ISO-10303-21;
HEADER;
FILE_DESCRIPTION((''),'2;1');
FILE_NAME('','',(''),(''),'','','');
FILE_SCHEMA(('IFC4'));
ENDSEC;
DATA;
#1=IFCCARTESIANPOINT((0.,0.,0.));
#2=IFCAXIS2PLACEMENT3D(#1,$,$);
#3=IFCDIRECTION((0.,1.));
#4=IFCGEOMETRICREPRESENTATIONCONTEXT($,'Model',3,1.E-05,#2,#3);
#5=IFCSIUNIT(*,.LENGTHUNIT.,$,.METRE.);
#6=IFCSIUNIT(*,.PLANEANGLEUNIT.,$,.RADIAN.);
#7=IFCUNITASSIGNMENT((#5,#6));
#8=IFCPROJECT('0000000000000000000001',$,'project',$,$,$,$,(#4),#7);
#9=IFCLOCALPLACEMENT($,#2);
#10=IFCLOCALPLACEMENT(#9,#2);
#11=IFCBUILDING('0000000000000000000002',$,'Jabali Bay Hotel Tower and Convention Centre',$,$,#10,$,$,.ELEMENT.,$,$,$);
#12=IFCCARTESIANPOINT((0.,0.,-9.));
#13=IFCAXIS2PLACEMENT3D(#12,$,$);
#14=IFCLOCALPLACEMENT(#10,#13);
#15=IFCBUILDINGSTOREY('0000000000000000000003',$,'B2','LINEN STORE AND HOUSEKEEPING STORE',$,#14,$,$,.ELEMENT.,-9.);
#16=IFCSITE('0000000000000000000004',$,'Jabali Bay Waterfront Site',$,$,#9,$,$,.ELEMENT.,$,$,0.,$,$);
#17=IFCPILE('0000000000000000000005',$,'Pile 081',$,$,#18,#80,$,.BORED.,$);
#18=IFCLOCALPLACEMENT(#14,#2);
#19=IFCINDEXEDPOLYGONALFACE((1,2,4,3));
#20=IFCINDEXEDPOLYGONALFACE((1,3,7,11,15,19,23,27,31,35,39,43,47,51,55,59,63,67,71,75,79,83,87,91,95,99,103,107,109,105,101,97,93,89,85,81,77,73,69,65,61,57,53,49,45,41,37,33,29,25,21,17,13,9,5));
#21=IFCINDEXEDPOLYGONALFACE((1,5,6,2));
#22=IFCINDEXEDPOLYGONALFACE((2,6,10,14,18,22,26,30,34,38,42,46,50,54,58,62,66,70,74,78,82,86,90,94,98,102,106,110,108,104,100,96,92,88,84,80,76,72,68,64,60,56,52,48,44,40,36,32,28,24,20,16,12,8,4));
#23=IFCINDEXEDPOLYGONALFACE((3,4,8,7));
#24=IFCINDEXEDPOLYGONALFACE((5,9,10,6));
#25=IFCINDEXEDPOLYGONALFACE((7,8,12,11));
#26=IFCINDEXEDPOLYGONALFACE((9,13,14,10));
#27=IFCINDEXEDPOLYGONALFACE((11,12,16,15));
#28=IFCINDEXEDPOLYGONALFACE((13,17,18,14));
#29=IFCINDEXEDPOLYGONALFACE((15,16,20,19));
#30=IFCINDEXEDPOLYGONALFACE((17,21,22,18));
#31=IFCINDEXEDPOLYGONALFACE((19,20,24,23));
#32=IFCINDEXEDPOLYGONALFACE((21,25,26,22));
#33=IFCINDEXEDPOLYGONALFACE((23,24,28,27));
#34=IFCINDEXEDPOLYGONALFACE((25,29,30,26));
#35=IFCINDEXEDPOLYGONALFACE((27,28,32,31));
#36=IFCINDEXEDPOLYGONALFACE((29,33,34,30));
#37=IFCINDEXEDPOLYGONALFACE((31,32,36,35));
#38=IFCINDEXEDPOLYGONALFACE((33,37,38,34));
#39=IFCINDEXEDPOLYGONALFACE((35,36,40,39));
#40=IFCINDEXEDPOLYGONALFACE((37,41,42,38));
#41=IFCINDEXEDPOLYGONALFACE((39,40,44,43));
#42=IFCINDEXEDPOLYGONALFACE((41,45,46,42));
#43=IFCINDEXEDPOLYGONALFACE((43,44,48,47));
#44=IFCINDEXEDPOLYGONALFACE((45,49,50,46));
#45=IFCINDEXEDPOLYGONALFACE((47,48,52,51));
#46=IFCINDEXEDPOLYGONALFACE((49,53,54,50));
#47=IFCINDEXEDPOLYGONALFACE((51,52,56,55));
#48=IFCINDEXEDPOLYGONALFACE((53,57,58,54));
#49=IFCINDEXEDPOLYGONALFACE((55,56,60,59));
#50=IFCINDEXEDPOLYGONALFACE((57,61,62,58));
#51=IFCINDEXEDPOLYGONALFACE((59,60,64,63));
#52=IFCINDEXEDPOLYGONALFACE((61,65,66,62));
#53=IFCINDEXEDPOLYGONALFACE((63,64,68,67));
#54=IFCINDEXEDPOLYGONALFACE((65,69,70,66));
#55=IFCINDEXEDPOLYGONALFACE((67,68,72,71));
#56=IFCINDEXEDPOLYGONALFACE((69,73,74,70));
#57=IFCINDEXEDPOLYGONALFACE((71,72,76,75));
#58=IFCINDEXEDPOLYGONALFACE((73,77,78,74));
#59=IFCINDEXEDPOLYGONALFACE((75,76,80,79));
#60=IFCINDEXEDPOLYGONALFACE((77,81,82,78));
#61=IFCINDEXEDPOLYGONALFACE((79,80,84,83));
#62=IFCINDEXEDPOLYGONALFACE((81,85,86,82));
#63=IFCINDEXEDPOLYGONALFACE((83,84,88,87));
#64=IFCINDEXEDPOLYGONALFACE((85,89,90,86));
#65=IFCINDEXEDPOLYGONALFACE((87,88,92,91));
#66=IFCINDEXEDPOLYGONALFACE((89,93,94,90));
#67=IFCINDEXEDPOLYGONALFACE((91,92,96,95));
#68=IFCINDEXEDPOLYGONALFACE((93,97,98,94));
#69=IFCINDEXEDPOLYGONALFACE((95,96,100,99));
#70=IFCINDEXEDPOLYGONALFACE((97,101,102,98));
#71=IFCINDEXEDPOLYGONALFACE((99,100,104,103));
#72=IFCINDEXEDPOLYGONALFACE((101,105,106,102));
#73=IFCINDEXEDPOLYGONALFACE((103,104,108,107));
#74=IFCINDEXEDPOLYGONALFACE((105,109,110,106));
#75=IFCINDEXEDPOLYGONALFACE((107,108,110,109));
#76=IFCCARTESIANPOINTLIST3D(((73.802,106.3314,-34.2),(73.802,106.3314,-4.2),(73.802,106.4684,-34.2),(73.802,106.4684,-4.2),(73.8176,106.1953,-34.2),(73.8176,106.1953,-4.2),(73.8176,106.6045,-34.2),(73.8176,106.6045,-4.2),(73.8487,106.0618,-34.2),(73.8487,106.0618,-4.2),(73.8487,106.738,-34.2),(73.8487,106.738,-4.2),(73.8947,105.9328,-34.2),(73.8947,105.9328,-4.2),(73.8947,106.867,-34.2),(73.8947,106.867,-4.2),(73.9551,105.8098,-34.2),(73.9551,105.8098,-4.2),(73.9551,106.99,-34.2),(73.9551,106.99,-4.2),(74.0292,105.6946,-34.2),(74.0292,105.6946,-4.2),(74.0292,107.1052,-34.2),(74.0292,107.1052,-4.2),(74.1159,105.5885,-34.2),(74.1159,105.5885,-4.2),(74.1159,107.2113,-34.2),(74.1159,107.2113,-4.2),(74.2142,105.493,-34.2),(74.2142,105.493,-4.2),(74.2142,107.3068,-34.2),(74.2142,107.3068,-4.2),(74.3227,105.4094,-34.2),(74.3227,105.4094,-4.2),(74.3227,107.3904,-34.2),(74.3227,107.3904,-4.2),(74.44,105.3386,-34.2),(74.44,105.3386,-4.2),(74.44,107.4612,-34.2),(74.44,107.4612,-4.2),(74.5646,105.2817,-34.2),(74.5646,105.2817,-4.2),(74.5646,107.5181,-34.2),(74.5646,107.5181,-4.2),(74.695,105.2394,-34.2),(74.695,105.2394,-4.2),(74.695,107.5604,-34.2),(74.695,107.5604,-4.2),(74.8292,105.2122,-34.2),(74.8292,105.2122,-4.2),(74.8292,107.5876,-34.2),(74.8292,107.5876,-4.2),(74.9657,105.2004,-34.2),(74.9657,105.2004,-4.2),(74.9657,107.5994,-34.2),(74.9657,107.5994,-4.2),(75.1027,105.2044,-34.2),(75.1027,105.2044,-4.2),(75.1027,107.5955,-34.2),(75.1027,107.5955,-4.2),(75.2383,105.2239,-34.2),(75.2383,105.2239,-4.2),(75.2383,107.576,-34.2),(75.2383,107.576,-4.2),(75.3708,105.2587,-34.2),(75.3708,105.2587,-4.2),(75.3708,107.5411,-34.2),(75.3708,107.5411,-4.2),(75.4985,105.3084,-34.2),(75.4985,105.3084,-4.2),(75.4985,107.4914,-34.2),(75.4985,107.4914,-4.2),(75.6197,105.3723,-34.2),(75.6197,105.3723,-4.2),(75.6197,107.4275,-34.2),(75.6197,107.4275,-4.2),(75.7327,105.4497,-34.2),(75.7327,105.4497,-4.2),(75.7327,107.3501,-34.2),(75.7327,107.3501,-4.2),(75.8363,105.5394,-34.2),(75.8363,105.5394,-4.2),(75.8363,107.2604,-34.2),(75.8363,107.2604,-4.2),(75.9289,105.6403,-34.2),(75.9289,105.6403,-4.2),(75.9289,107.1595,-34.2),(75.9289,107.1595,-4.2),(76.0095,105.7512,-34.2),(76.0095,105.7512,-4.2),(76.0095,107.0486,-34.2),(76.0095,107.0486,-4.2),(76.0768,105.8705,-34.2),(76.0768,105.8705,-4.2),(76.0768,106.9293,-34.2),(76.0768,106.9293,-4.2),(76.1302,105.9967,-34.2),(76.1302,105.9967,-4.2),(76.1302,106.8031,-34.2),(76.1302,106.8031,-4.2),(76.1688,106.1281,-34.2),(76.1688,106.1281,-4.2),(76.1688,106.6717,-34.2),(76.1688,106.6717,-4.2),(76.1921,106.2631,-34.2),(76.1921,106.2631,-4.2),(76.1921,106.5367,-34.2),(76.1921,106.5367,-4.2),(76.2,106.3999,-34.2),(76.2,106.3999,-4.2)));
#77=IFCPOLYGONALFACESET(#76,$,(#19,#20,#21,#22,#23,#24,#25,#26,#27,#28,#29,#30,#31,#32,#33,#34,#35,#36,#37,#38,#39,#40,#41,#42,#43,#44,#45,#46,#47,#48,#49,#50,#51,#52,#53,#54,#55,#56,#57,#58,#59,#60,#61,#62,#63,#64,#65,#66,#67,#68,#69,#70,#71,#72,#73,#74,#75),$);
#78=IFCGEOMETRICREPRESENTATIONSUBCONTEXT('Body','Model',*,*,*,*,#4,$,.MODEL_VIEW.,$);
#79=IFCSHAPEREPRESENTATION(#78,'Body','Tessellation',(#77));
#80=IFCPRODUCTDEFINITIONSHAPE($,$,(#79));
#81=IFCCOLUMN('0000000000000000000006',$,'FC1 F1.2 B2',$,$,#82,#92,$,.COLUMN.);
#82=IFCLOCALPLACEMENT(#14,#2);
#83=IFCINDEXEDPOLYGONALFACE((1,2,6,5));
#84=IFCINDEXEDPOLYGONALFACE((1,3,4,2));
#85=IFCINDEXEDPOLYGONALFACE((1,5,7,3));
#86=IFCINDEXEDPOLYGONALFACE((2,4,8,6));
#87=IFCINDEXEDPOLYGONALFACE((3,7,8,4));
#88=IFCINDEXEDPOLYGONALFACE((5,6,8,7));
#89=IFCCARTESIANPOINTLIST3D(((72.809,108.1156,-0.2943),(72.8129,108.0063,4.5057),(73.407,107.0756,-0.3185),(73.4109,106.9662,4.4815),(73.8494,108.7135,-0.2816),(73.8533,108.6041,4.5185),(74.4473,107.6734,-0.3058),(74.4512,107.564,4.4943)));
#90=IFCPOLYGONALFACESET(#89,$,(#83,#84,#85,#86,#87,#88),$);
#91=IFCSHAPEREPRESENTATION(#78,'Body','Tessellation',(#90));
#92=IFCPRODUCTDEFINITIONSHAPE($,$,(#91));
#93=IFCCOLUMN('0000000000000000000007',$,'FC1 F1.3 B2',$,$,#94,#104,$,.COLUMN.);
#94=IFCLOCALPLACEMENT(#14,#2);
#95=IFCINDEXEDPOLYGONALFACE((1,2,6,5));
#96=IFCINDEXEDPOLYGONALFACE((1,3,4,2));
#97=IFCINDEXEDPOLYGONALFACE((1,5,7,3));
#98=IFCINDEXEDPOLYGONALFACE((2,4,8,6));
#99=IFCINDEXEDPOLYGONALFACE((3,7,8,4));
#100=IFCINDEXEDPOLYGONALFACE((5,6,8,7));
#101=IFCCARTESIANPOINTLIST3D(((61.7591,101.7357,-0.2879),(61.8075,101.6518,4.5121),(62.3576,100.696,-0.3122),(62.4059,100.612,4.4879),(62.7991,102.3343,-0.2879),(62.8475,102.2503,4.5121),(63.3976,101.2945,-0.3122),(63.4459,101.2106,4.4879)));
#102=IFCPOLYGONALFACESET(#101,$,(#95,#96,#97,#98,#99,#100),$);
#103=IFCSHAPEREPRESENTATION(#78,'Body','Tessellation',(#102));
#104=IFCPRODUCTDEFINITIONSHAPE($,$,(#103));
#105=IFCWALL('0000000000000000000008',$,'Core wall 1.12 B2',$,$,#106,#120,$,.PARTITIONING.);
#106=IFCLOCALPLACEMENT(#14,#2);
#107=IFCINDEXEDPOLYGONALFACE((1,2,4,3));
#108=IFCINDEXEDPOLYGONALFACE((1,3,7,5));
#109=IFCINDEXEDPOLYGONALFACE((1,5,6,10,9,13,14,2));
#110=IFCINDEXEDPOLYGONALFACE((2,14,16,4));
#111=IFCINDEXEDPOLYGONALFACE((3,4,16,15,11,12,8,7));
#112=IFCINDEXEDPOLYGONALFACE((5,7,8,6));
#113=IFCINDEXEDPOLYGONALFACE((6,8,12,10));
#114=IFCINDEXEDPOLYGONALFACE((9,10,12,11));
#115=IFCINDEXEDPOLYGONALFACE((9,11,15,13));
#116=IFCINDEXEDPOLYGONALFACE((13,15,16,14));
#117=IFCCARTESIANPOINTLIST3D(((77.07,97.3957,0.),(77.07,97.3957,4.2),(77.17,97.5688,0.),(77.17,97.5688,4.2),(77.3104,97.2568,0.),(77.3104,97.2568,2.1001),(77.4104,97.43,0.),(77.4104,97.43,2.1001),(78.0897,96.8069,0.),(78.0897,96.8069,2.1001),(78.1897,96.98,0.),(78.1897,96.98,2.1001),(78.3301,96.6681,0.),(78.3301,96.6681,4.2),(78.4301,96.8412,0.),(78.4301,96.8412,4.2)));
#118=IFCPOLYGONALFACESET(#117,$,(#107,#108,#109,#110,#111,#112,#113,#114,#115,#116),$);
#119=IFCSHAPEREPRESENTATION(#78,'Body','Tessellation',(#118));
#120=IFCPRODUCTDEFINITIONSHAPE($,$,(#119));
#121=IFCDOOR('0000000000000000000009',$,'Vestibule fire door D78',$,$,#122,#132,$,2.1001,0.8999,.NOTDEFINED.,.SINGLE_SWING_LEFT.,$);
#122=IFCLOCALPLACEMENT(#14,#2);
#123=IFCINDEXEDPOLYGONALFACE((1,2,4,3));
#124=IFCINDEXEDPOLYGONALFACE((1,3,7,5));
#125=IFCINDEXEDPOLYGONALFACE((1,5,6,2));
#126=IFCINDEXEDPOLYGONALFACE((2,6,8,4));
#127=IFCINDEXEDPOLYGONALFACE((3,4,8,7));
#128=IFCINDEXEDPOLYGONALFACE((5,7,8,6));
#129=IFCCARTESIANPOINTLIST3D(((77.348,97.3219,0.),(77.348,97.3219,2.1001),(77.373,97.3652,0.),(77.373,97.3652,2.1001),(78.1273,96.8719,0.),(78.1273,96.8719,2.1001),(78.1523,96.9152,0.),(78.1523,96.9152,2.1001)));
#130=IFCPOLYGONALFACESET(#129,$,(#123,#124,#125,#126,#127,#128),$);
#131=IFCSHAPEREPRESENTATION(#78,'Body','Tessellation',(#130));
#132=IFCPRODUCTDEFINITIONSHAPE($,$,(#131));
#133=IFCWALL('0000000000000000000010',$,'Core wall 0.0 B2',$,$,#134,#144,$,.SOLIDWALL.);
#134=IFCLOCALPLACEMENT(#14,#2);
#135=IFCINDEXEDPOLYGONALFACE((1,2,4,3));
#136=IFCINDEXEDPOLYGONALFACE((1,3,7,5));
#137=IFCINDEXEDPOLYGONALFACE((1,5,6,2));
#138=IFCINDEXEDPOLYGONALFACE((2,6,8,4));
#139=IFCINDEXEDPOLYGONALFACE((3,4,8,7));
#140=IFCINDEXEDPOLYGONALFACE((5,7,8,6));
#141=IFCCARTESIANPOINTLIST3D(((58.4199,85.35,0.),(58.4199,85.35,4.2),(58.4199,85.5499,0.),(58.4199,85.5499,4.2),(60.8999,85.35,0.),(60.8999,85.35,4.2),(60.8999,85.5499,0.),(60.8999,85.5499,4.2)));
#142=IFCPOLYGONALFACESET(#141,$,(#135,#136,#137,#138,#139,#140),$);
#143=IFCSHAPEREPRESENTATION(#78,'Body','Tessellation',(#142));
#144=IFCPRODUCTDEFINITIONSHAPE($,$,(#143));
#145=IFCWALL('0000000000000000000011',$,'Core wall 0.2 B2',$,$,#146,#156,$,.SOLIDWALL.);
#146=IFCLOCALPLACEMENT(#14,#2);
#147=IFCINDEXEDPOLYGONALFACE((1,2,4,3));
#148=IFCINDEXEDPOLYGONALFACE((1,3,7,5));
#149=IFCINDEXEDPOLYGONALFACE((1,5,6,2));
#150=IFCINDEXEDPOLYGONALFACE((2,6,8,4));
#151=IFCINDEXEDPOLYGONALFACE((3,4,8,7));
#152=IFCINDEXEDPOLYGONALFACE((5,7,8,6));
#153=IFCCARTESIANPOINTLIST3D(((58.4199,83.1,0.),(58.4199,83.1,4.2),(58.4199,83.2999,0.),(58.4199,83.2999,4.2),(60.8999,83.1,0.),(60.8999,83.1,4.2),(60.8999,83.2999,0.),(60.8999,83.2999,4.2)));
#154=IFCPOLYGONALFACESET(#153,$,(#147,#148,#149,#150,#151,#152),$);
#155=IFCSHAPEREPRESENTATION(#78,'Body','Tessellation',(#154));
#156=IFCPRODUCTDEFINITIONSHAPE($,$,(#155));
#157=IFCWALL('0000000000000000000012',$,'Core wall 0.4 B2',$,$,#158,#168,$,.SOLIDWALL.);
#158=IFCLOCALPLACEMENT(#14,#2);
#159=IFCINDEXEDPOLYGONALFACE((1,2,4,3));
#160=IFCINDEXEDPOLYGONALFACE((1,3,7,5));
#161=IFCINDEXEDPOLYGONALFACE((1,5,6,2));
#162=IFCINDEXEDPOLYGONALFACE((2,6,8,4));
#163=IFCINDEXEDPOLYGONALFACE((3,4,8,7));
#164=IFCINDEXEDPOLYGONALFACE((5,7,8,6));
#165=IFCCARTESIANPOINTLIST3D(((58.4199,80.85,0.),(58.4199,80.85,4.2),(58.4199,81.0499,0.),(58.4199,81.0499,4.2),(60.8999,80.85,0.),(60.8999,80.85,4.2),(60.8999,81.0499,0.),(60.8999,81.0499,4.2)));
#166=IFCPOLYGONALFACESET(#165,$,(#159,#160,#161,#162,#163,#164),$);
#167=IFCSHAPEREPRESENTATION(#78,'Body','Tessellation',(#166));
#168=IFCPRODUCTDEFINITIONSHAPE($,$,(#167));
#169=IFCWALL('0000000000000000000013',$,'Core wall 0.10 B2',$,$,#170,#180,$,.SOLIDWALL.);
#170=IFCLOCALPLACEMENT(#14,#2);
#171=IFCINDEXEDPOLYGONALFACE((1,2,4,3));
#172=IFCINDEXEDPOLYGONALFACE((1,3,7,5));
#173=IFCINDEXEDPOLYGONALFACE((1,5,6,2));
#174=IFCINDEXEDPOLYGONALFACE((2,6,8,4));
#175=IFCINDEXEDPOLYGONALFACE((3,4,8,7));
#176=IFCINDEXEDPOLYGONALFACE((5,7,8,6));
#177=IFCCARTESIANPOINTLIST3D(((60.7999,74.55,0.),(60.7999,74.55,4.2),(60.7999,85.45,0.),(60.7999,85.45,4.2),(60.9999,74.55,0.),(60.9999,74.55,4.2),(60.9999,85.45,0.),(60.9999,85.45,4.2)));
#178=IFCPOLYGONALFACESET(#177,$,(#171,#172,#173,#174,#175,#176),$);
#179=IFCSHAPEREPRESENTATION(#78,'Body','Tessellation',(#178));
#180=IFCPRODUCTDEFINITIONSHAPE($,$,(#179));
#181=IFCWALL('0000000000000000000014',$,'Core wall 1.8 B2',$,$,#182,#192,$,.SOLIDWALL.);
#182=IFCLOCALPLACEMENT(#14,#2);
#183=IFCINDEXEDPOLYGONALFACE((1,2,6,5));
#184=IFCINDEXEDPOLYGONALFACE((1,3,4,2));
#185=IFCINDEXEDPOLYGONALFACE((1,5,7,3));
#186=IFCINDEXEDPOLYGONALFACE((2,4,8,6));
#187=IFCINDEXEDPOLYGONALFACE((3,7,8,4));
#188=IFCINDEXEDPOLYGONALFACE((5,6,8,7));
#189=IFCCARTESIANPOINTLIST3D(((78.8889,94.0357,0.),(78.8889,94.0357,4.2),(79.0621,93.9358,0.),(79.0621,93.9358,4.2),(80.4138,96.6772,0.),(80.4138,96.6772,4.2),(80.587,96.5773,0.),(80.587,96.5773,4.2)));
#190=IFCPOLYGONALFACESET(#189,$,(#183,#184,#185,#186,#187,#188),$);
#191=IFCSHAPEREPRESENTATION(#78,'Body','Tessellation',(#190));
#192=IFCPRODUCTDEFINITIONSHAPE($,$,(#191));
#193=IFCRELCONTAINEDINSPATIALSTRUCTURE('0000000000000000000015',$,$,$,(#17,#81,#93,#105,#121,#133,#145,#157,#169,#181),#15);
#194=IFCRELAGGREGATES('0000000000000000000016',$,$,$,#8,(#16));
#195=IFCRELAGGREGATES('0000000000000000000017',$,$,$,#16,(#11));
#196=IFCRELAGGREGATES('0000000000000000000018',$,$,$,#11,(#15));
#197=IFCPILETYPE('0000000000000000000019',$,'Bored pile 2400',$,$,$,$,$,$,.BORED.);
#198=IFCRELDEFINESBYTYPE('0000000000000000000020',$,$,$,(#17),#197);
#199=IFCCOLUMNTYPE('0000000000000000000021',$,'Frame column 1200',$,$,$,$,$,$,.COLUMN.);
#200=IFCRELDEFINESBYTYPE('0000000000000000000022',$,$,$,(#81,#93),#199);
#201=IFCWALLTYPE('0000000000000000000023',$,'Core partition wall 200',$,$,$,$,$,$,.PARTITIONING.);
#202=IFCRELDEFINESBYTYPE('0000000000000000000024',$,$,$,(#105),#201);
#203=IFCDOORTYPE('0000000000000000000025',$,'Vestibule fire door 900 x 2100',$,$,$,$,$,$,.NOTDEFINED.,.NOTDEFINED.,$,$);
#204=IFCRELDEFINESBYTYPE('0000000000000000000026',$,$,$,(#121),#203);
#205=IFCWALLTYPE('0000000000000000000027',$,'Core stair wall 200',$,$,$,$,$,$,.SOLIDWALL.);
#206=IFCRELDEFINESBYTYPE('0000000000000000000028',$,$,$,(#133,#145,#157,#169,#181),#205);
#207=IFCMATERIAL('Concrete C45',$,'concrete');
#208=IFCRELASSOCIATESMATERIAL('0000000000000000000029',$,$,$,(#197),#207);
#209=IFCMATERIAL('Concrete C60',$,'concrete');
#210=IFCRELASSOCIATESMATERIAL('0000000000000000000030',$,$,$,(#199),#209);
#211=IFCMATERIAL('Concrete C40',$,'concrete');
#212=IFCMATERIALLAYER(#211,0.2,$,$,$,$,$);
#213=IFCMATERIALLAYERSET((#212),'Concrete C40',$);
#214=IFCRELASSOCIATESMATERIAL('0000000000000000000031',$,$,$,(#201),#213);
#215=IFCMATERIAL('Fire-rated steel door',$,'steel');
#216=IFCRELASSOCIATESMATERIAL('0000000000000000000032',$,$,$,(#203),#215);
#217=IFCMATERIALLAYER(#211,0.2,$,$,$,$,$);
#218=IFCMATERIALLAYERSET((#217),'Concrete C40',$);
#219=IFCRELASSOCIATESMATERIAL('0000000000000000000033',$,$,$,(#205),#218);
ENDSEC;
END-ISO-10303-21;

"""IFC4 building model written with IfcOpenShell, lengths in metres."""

from ifc_helpers import new_model, si_unit, direction, frame, frame_2d, origin, origin_2d, place, context, subcontext, project, spatial, rectangle, circle, extrude, material, layer, layer_set, material_profile, profile_set, type_object, element, fill, save


model = new_model("IFC4")

# Units and contexts
model_context = context("Model", 3, precision=1e-05, world=origin(), true_north=direction((0.0, 1.0)))
body_context = subcontext(model_context, "Body", "Model", "MODEL_VIEW")
ifc_project = project(units=[si_unit("LENGTHUNIT", "METRE"), si_unit("PLANEANGLEUNIT", "RADIAN")], contexts=[model_context])

# Site, building, storey
site_placement = place(None, origin())
site = spatial("IfcSite", under=ifc_project, at=site_placement, Name="Jabali Bay Waterfront Site", CompositionType="ELEMENT", RefElevation=0.0)
building_placement = place(site_placement, origin())
building = spatial("IfcBuilding", under=site, at=building_placement, Name="Jabali Bay Hotel Tower and Convention Centre", CompositionType="ELEMENT")
storey_placement = place(building_placement, frame((0.0, 0.0, -9.0)))
storey = spatial("IfcBuildingStorey", under=building, at=storey_placement, Name="B2", Description="LINEN STORE AND HOUSEKEEPING STORE", CompositionType="ELEMENT", Elevation=-9.0)

# Pile
ifc_material_1 = material(Name="Concrete C45", Category="concrete")
ifc_material_profile_1 = material_profile(ifc_material_1, circle(Radius=1.2, at=origin_2d()), Name="Bored pile 2400")
ifc_profile_set_1 = profile_set([ifc_material_profile_1], Name="Concrete C45")
pile_type = type_object("IfcPileType", Name="Bored pile 2400", PredefinedType="BORED", material=ifc_profile_set_1)
for number, where, z_axis, x_axis, name in (
    (1, (75.0, 106.3999, -4.2), (0.0, 0.0, -1.0), (1.0, 0.0, 0.0), "Pile 081"),
):
    element("IfcPile", number, at=place(storey_placement, frame(where, z_axis=z_axis, x_axis=x_axis)), inside=storey, type_object=pile_type, Name=name, PredefinedType="BORED", context=body_context, shape_type="SweptSolid", body=[
        extrude(circle(Radius=1.2, at=origin_2d()), origin(), (0.0, 0.0, 1.0), 30.0),
    ])

# Columns
ifc_material_2 = material(Name="Concrete C60", Category="concrete")
ifc_material_profile_2 = material_profile(ifc_material_2, rectangle(XDim=1.2, YDim=1.2, at=origin_2d()), Name="Frame column 1200")
ifc_profile_set_2 = profile_set([ifc_material_profile_2], Name="Concrete C60")
column_type = type_object("IfcColumnType", Name="Frame column 1200", PredefinedType="COLUMN", material=ifc_profile_set_2)
column_1_placement = place(storey_placement, frame((73.6282, 107.8945, -0.3), z_axis=(0.000814, -0.02278, 0.99974), x_axis=(0.866986, 0.498218, 0.010647)))
element("IfcColumn", 2, at=column_1_placement, inside=storey, type_object=column_type, Name="FC1 F1.2 B2", PredefinedType="COLUMN", context=body_context, shape_type="SweptSolid", body=[
    extrude(rectangle(XDim=1.2, YDim=1.2, at=origin_2d()), origin(), (0.0, 0.0, 1.0), 4.8013),
])
column_2_placement = place(storey_placement, frame((62.5784, 101.5151, -0.3), z_axis=(0.010069, -0.017493, 0.999796), x_axis=(-0.498738, 0.866518, 0.020184)))
element("IfcColumn", 3, at=column_2_placement, inside=storey, type_object=column_type, Name="FC1 F1.3 B2", PredefinedType="COLUMN", context=body_context, shape_type="SweptSolid", body=[
    extrude(rectangle(XDim=1.2, YDim=1.2, at=origin_2d()), origin(), (0.0, 0.0, 1.0), 4.801),
])

# Wall, opening, door
ifc_material_3 = material(Name="Concrete C40", Category="concrete")
ifc_layer_1 = layer(ifc_material_3, 0.2)
ifc_layer_set_1 = layer_set([ifc_layer_1], Name="Concrete C40")
wall_type_1 = type_object("IfcWallType", Name="Core partition wall 200", PredefinedType="PARTITIONING", material=ifc_layer_set_1)
wall_1_placement = place(storey_placement, frame((78.3801, 96.7546, 0.0), z_axis=(0.0, 0.0, 1.0), x_axis=(-0.866004, 0.500037, 0.0)))
wall_1 = element("IfcWall", 4, at=wall_1_placement, inside=storey, type_object=wall_type_1, Name="Core wall 1.12 B2", PredefinedType="PARTITIONING", context=body_context, shape_type="SweptSolid", body=[
    extrude(rectangle(XDim=1.4551, YDim=0.2, at=frame_2d((0.7275, 0.0))), origin(), (0.0, 0.0, 1.0), 4.2),
])
opening_1_placement = place(wall_1_placement, frame((0.2776, 0.0, 0.0)))
opening_1 = element("IfcOpeningElement", 5, at=opening_1_placement, cuts=wall_1, PredefinedType="OPENING", context=body_context, shape_type="SweptSolid", body=[
    extrude(rectangle(XDim=0.8999, YDim=2.1001, at=frame_2d((0.45, 1.05))), frame((0.0, 0.1104, 0.0), z_axis=(0.0, -1.0, 0.0), x_axis=(1.0, 0.0, 0.0)), (0.0, 0.0, 1.0), 0.2209),
])
ifc_material_4 = material(Name="Fire-rated steel door", Category="steel")
door_type_1 = type_object("IfcDoorType", Name="Vestibule fire door 900 x 2100", OperationType="NOTDEFINED", PredefinedType="NOTDEFINED", material=ifc_material_4)
door_1_placement = place(opening_1_placement, origin())
door_1 = element("IfcDoor", 6, at=door_1_placement, inside=storey, type_object=door_type_1, Name="Vestibule fire door D78", OperationType="SINGLE_SWING_LEFT", OverallHeight=2.1001, OverallWidth=0.8999, PredefinedType="NOTDEFINED", context=body_context, shape_type="SweptSolid", body=[
    extrude(rectangle(XDim=0.8999, YDim=2.1001, at=frame_2d((0.45, 1.05))), frame((0.0, 0.0249, 0.0), z_axis=(0.0, -1.0, 0.0), x_axis=(1.0, 0.0, 0.0)), (0.0, 0.0, 1.0), 0.05),
])
fill(opening_1, door_1)

# Walls
ifc_layer_2 = layer(ifc_material_3, 0.2)
ifc_layer_set_2 = layer_set([ifc_layer_2], Name="Concrete C40")
wall_type_2 = type_object("IfcWallType", Name="Core stair wall 200", PredefinedType="SOLIDWALL", material=ifc_layer_set_2)
for number, where, z_axis, x_axis, name in (
    (7, (60.8999, 85.45, 0.0), (0.0, 0.0, 1.0), (-1.0, 0.0, 0.0), "Core wall 0.0 B2"),
    (8, (60.8999, 83.2, 0.0), (0.0, 0.0, 1.0), (-1.0, 0.0, 0.0), "Core wall 0.2 B2"),
    (9, (60.8999, 80.95, 0.0), (0.0, 0.0, 1.0), (-1.0, 0.0, 0.0), "Core wall 0.4 B2"),
):
    element("IfcWall", number, at=place(storey_placement, frame(where, z_axis=z_axis, x_axis=x_axis)), inside=storey, type_object=wall_type_2, Name=name, PredefinedType="SOLIDWALL", context=body_context, shape_type="SweptSolid", body=[
        extrude(rectangle(XDim=2.48, YDim=0.2, at=frame_2d((1.24, 0.0))), origin(), (0.0, 0.0, 1.0), 4.2),
    ])
wall_2_placement = place(storey_placement, frame((60.8999, 85.45, 0.0), z_axis=(0.0, 0.0, 1.0), x_axis=(0.0, -1.0, 0.0)))
element("IfcWall", 10, at=wall_2_placement, inside=storey, type_object=wall_type_2, Name="Core wall 0.10 B2", PredefinedType="SOLIDWALL", context=body_context, shape_type="SweptSolid", body=[
    extrude(rectangle(XDim=10.8999, YDim=0.2, at=frame_2d((5.45, 0.0))), origin(), (0.0, 0.0, 1.0), 4.2),
])
for number, where, z_axis, x_axis, name in (
    (11, (78.9756, 93.9858, 0.0), (0.0, 0.0, 1.0), (0.499944, 0.866058, 0.0), "Core wall 1.8 B2"),
):
    element("IfcWall", number, at=place(storey_placement, frame(where, z_axis=z_axis, x_axis=x_axis)), inside=storey, type_object=wall_type_2, Name=name, PredefinedType="SOLIDWALL", context=body_context, shape_type="SweptSolid", body=[
        extrude(rectangle(XDim=3.05, YDim=0.2, at=frame_2d((1.5249, 0.0))), origin(), (0.0, 0.0, 1.0), 4.2),
    ])

save(model, "model.ifc")
